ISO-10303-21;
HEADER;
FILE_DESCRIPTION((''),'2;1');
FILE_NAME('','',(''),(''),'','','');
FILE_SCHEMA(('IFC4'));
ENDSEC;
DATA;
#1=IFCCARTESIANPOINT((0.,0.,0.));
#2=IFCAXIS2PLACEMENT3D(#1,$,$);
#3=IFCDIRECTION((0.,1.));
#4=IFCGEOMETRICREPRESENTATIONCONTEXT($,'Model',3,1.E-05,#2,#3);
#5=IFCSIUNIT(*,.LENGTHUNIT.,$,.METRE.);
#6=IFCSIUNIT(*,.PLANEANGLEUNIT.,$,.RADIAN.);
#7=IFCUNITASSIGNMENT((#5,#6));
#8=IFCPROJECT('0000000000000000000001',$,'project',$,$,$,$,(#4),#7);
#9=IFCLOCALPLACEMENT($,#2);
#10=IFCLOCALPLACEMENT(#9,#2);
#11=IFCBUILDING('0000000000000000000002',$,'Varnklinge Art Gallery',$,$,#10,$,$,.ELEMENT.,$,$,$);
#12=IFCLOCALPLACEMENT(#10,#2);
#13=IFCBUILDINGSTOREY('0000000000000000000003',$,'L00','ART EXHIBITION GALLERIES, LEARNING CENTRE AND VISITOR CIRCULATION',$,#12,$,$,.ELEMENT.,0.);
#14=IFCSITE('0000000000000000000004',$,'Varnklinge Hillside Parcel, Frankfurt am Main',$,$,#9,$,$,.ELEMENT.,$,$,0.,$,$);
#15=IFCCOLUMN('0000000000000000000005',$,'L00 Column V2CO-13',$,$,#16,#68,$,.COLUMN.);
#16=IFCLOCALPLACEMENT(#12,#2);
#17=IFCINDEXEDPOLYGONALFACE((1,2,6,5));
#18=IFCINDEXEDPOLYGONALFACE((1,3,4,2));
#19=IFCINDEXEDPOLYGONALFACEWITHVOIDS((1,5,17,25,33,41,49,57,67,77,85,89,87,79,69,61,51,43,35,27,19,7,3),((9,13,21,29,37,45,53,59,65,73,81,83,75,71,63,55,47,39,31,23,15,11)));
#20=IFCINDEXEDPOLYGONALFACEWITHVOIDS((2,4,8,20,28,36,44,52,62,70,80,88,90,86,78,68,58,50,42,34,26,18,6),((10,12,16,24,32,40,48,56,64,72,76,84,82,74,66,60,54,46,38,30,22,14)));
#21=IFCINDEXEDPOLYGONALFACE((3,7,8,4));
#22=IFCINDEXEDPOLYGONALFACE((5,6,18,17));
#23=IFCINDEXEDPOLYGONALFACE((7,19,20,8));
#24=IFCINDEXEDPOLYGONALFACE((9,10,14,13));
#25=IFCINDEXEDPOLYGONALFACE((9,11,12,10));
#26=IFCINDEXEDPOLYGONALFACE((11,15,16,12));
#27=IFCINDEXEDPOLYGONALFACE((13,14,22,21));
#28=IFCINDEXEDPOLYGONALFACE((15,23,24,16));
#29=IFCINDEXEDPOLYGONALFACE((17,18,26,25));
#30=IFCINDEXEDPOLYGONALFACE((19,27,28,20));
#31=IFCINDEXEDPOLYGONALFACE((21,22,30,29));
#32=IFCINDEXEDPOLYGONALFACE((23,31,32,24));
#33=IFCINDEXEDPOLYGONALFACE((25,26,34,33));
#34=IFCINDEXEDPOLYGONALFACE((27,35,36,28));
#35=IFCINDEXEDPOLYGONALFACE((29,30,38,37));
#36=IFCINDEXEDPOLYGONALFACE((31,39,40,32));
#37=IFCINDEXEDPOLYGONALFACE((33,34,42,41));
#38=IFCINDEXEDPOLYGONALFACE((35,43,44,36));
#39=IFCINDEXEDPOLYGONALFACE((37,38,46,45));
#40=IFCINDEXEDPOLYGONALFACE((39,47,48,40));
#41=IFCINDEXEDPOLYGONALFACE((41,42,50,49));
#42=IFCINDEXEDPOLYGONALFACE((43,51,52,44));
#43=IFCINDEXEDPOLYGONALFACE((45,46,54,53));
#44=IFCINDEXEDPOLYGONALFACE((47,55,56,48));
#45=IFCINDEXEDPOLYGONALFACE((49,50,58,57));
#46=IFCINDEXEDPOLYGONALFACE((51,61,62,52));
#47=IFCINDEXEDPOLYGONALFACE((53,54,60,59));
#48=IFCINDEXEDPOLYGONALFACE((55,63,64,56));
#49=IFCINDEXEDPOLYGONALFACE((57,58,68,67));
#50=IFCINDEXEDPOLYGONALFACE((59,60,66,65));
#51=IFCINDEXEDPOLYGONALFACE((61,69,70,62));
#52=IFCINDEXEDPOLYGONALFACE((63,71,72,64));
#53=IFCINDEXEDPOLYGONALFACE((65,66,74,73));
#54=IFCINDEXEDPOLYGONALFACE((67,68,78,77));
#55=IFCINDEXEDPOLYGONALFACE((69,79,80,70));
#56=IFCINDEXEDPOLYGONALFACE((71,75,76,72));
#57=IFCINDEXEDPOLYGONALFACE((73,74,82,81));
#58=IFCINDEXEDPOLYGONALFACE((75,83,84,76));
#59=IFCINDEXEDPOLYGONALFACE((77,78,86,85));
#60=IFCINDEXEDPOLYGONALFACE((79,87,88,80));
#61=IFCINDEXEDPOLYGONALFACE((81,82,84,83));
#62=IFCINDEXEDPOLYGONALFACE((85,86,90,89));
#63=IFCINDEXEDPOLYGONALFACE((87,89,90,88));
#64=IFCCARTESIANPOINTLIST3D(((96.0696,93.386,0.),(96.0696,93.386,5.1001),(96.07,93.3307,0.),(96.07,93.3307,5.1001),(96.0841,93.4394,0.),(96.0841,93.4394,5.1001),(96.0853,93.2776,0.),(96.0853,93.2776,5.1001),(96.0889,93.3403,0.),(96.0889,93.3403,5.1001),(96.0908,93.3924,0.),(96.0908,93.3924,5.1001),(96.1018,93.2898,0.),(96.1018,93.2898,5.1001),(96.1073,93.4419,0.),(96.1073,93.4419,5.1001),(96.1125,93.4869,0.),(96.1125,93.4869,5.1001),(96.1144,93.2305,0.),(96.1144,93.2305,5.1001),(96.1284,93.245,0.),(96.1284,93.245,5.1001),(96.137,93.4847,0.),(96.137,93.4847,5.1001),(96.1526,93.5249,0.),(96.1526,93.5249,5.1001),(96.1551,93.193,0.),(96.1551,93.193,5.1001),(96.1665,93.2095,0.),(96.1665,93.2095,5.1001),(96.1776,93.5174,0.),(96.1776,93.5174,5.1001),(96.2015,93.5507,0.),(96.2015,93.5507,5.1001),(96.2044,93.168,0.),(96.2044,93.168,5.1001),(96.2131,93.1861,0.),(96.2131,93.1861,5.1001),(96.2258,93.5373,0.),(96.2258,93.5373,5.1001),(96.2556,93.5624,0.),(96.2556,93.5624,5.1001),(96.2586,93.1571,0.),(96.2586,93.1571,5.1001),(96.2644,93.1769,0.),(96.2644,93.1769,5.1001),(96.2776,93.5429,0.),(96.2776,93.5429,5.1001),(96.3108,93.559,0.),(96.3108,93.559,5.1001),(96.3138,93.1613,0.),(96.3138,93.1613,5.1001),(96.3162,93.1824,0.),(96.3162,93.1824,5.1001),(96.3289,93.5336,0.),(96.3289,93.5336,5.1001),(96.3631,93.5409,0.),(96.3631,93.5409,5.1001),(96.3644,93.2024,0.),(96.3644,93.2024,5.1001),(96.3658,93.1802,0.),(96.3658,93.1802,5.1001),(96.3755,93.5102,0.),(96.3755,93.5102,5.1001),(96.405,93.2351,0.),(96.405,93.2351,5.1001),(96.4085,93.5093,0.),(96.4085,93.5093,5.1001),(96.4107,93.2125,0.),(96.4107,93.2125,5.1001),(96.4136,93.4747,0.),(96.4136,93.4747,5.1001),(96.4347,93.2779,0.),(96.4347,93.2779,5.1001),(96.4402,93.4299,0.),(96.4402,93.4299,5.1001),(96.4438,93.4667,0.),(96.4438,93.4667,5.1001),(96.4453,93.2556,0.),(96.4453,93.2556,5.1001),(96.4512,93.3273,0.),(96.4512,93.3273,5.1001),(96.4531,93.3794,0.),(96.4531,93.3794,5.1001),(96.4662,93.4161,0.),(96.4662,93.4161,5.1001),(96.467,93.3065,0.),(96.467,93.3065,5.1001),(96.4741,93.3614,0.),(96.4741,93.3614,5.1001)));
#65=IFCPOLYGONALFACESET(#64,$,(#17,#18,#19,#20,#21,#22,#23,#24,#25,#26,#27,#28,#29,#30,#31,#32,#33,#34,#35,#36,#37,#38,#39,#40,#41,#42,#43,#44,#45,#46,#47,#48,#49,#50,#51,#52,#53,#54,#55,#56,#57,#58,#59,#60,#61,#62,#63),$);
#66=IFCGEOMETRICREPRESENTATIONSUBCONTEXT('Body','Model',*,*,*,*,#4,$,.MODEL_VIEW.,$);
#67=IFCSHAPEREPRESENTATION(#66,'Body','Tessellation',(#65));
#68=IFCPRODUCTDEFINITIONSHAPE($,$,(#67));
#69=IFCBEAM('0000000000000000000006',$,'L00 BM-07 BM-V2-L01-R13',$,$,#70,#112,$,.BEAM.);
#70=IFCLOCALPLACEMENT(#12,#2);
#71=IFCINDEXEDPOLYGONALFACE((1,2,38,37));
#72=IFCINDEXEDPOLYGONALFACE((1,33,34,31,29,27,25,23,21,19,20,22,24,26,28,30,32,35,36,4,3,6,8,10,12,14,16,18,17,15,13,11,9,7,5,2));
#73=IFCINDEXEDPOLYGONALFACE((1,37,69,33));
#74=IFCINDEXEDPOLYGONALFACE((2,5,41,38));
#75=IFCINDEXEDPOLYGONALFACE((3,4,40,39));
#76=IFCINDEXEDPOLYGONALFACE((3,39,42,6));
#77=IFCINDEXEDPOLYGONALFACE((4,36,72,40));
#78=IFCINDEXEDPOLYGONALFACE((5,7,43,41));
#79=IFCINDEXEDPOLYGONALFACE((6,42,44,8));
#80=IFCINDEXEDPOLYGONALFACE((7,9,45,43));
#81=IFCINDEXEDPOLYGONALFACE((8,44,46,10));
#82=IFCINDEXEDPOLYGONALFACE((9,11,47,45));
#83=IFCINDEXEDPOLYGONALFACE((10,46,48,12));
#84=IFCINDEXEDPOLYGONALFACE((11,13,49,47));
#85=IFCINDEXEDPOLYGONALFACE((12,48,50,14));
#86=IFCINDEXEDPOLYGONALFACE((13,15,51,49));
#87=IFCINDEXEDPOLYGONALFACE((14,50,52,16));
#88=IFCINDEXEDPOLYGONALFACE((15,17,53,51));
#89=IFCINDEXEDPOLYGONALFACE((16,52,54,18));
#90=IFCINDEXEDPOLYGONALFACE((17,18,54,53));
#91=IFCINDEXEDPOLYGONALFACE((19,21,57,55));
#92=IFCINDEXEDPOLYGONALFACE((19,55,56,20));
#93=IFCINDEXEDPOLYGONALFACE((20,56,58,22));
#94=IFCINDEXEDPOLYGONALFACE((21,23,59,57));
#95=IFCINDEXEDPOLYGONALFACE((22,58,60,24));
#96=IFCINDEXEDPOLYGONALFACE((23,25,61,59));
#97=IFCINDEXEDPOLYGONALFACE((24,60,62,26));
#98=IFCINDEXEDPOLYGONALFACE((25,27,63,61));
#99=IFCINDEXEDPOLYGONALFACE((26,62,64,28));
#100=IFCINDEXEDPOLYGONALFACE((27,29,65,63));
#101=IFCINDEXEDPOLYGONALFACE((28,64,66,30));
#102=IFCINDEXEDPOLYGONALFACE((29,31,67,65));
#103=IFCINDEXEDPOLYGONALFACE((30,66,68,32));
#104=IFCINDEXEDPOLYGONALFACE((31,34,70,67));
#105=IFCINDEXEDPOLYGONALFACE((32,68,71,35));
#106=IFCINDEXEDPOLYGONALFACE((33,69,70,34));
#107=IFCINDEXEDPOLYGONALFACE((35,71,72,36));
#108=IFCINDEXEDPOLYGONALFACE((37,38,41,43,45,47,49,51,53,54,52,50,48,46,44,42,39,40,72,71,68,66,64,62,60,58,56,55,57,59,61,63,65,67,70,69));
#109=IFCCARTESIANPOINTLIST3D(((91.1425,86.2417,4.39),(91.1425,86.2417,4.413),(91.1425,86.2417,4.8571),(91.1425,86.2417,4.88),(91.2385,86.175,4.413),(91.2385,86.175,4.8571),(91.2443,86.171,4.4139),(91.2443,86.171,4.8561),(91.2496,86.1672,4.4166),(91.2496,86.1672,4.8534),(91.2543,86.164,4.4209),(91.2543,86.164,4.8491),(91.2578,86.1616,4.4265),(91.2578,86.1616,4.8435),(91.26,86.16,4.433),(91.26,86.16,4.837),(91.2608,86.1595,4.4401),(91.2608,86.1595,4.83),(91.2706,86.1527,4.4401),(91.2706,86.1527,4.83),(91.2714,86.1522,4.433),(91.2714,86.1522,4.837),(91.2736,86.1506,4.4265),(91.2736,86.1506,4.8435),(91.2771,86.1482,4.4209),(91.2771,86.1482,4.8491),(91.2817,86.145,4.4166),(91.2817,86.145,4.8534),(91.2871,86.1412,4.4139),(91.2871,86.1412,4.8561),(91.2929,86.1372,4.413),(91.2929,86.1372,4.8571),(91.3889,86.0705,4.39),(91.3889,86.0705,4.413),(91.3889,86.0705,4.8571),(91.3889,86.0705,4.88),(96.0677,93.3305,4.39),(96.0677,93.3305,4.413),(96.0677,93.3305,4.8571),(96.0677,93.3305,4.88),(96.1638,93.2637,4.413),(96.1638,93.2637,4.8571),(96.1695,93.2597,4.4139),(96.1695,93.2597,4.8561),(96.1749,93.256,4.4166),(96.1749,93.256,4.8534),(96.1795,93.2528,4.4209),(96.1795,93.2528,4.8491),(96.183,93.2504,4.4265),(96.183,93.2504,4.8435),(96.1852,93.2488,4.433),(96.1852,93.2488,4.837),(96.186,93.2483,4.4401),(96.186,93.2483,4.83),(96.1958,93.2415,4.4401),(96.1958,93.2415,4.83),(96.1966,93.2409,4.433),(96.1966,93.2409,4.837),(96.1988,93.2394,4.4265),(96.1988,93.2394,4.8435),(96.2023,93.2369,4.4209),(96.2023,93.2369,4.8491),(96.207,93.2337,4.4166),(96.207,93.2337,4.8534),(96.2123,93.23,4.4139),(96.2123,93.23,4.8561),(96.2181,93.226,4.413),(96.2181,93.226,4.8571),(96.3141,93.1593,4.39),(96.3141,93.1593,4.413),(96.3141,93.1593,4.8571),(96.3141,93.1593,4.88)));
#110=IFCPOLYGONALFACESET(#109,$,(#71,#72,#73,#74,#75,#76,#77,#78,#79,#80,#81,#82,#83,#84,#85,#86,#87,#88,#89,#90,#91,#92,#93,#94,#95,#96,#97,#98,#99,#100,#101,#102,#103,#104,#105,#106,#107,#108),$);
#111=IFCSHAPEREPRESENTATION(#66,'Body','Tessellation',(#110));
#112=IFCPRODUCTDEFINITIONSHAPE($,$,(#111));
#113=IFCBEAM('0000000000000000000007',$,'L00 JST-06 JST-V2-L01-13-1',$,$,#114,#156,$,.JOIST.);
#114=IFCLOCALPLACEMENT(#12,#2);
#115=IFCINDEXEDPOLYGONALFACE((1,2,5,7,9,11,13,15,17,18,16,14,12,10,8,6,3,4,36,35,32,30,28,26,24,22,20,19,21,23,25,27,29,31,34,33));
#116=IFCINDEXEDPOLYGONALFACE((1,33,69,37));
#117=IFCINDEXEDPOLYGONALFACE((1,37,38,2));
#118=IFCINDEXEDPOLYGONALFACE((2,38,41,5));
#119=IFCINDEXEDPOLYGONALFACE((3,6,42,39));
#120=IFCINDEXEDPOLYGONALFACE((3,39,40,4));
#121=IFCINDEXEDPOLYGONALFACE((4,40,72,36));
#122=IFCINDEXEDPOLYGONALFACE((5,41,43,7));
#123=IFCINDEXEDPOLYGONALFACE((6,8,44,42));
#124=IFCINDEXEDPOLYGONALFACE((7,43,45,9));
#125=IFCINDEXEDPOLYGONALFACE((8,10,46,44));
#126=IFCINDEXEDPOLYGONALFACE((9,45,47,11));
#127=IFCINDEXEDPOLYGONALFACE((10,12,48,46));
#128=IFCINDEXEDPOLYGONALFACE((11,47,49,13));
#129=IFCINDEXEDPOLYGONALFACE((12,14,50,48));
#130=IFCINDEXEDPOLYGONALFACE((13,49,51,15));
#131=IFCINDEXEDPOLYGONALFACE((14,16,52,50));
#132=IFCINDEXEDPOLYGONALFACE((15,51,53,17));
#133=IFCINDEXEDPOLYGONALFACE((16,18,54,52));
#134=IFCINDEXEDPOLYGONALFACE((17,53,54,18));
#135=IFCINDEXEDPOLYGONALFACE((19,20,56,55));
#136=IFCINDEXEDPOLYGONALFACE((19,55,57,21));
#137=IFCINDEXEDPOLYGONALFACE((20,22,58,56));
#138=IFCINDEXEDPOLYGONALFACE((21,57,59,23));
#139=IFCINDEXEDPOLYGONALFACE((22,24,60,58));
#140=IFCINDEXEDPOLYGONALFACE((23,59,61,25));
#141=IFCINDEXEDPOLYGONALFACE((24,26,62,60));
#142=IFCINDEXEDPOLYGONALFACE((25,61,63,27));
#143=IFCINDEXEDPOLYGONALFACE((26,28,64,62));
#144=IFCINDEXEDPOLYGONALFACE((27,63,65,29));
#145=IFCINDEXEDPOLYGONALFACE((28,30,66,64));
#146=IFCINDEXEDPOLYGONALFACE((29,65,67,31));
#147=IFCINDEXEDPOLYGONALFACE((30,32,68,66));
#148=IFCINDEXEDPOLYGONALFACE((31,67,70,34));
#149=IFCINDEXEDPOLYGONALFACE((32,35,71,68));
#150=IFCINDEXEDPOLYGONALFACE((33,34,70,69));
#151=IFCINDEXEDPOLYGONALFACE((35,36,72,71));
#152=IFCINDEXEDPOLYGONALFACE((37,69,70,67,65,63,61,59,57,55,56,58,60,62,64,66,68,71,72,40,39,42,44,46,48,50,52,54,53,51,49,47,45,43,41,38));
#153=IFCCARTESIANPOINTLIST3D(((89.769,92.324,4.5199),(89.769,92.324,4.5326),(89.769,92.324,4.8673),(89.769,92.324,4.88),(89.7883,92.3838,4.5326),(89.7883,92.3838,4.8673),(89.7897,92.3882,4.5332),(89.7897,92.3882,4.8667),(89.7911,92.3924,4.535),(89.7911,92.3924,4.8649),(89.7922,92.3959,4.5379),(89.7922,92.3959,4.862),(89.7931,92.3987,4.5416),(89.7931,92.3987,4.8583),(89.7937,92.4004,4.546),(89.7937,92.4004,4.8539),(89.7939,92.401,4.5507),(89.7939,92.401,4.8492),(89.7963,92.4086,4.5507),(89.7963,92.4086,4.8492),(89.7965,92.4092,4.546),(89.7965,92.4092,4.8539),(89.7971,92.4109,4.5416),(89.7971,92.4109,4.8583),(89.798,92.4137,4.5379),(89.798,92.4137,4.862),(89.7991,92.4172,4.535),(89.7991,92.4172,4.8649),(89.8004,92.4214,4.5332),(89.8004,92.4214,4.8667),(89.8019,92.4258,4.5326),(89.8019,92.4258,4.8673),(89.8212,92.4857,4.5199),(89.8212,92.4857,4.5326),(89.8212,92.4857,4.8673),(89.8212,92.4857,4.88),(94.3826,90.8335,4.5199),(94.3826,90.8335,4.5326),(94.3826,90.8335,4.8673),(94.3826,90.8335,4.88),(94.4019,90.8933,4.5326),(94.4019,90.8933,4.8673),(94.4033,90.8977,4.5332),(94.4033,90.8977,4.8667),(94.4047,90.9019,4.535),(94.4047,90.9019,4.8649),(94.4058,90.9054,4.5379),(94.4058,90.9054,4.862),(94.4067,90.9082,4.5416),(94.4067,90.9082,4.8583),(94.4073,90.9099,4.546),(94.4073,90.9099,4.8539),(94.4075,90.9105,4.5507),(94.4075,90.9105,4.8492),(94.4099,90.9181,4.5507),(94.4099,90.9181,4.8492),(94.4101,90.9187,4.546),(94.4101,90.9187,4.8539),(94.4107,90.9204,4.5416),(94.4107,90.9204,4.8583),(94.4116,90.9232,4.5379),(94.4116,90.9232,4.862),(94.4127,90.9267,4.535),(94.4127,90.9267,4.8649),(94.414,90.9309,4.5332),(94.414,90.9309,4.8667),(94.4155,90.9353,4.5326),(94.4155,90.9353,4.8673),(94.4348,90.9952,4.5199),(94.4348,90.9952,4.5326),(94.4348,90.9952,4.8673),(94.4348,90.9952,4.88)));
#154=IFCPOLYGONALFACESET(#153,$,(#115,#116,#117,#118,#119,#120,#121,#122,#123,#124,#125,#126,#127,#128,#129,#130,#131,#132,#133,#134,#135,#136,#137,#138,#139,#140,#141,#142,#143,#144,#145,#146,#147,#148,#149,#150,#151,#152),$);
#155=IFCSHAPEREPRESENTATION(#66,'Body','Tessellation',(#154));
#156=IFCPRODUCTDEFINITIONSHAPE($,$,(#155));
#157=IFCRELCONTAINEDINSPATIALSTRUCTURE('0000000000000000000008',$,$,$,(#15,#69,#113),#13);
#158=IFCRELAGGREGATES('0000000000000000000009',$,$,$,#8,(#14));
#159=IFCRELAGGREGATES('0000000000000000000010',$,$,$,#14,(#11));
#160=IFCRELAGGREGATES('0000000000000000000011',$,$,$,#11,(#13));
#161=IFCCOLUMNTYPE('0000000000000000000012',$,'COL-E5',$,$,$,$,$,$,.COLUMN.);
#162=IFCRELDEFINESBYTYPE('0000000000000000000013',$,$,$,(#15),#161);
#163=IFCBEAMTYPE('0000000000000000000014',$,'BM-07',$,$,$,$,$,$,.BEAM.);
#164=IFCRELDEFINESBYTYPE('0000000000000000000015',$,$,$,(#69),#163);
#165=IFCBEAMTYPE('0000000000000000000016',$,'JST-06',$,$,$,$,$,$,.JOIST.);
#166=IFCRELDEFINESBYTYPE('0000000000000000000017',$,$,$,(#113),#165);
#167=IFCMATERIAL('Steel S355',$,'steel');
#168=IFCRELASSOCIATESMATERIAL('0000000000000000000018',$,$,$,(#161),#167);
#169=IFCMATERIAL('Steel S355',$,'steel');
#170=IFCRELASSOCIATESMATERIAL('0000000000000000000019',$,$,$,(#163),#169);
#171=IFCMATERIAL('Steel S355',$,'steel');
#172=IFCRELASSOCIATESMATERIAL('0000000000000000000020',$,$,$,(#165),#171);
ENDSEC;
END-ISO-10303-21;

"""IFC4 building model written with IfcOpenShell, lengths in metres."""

from ifc_helpers import new_model, si_unit, direction, frame, origin, origin_2d, place, context, subcontext, project, spatial, hollow_circle, i_section, extrude, material, material_profile, profile_set, type_object, element, save


model = new_model("IFC4")

# Units and contexts
model_context = context("Model", 3, precision=1e-05, world=origin(), true_north=direction((0.0, 1.0)))
body_context = subcontext(model_context, "Body", "Model", "MODEL_VIEW")
ifc_project = project(units=[si_unit("LENGTHUNIT", "METRE"), si_unit("PLANEANGLEUNIT", "RADIAN")], contexts=[model_context])

# Site, building, storey
site_placement = place(None, origin())
site = spatial("IfcSite", under=ifc_project, at=site_placement, Name="Varnklinge Hillside Parcel, Frankfurt am Main", CompositionType="ELEMENT", RefElevation=0.0)
building_placement = place(site_placement, origin())
building = spatial("IfcBuilding", under=site, at=building_placement, Name="Varnklinge Art Gallery", CompositionType="ELEMENT")
storey_placement = place(building_placement, origin())
storey = spatial("IfcBuildingStorey", under=building, at=storey_placement, Name="L00", Description="ART EXHIBITION GALLERIES, LEARNING CENTRE AND VISITOR CIRCULATION", CompositionType="ELEMENT", Elevation=0.0)

# Column
ifc_material_1 = material(Name="Steel S355", Category="steel")
ifc_material_profile_1 = material_profile(ifc_material_1, hollow_circle(Radius=0.2031, WallThickness=0.02, at=origin_2d()), Name="CHS 406.4x20")
ifc_profile_set_1 = profile_set([ifc_material_profile_1], Name="Steel S355")
column_type = type_object("IfcColumnType", Name="COL-E5", PredefinedType="COLUMN", material=ifc_profile_set_1)
column_placement = place(storey_placement, frame((96.271, 93.3599, 0.0), z_axis=(0.0, 0.0, 1.0), x_axis=(-0.57057, -0.821249, 0.0)))
element("IfcColumn", 1, at=column_placement, inside=storey, type_object=column_type, Name="L00 Column V2CO-13", PredefinedType="COLUMN", context=body_context, shape_type="SweptSolid", body=[
    extrude(hollow_circle(Radius=0.2031, WallThickness=0.02, at=origin_2d()), origin(), (0.0, 0.0, 1.0), 5.1001),
])

# Beams
ifc_material_2 = material(Name="Steel S355", Category="steel")
ifc_material_profile_2 = material_profile(ifc_material_2, i_section(OverallWidth=0.3, OverallDepth=0.49, WebThickness=0.012, FlangeThickness=0.0229, FilletRadius=0.0271, at=origin_2d()), Name="HEA 500")
ifc_profile_set_2 = profile_set([ifc_material_profile_2], Name="Steel S355")
beam_type_1 = type_object("IfcBeamType", Name="BM-07", PredefinedType="BEAM", material=ifc_profile_set_2)
beam_1_placement = place(storey_placement, frame((96.1909, 93.2449, 4.635), z_axis=(-0.570589, -0.821236, 0.0), x_axis=(0.821236, -0.570589, 0.0)))
element("IfcBeam", 2, at=beam_1_placement, inside=storey, type_object=beam_type_1, Name="L00 BM-07 BM-V2-L01-R13", PredefinedType="BEAM", context=body_context, shape_type="SweptSolid", body=[
    extrude(i_section(OverallWidth=0.3, OverallDepth=0.49, WebThickness=0.012, FlangeThickness=0.0229, FilletRadius=0.0271, at=origin_2d()), origin(), (0.0, 0.0, 1.0), 8.6318),
])
ifc_material_3 = material(Name="Steel S355", Category="steel")
ifc_material_profile_3 = material_profile(ifc_material_3, i_section(OverallWidth=0.1699, OverallDepth=0.3601, WebThickness=0.0081, FlangeThickness=0.0127, FilletRadius=0.0181, at=origin_2d()), Name="IPE 360")
ifc_profile_set_3 = profile_set([ifc_material_profile_3], Name="Steel S355")
beam_type_2 = type_object("IfcBeamType", Name="JST-06", PredefinedType="JOIST", material=ifc_profile_set_3)
beam_2_placement = place(storey_placement, frame((94.4087, 90.9143, 4.7), z_axis=(-0.951573, 0.307422, 0.0), x_axis=(-0.307422, -0.951573, 0.0)))
element("IfcBeam", 3, at=beam_2_placement, inside=storey, type_object=beam_type_2, Name="L00 JST-06 JST-V2-L01-13-1", PredefinedType="JOIST", context=body_context, shape_type="SweptSolid", body=[
    extrude(i_section(OverallWidth=0.1699, OverallDepth=0.3601, WebThickness=0.0081, FlangeThickness=0.0127, FilletRadius=0.0181, at=origin_2d()), origin(), (0.0, 0.0, 1.0), 4.8484),
])

save(model, "model.ifc")
